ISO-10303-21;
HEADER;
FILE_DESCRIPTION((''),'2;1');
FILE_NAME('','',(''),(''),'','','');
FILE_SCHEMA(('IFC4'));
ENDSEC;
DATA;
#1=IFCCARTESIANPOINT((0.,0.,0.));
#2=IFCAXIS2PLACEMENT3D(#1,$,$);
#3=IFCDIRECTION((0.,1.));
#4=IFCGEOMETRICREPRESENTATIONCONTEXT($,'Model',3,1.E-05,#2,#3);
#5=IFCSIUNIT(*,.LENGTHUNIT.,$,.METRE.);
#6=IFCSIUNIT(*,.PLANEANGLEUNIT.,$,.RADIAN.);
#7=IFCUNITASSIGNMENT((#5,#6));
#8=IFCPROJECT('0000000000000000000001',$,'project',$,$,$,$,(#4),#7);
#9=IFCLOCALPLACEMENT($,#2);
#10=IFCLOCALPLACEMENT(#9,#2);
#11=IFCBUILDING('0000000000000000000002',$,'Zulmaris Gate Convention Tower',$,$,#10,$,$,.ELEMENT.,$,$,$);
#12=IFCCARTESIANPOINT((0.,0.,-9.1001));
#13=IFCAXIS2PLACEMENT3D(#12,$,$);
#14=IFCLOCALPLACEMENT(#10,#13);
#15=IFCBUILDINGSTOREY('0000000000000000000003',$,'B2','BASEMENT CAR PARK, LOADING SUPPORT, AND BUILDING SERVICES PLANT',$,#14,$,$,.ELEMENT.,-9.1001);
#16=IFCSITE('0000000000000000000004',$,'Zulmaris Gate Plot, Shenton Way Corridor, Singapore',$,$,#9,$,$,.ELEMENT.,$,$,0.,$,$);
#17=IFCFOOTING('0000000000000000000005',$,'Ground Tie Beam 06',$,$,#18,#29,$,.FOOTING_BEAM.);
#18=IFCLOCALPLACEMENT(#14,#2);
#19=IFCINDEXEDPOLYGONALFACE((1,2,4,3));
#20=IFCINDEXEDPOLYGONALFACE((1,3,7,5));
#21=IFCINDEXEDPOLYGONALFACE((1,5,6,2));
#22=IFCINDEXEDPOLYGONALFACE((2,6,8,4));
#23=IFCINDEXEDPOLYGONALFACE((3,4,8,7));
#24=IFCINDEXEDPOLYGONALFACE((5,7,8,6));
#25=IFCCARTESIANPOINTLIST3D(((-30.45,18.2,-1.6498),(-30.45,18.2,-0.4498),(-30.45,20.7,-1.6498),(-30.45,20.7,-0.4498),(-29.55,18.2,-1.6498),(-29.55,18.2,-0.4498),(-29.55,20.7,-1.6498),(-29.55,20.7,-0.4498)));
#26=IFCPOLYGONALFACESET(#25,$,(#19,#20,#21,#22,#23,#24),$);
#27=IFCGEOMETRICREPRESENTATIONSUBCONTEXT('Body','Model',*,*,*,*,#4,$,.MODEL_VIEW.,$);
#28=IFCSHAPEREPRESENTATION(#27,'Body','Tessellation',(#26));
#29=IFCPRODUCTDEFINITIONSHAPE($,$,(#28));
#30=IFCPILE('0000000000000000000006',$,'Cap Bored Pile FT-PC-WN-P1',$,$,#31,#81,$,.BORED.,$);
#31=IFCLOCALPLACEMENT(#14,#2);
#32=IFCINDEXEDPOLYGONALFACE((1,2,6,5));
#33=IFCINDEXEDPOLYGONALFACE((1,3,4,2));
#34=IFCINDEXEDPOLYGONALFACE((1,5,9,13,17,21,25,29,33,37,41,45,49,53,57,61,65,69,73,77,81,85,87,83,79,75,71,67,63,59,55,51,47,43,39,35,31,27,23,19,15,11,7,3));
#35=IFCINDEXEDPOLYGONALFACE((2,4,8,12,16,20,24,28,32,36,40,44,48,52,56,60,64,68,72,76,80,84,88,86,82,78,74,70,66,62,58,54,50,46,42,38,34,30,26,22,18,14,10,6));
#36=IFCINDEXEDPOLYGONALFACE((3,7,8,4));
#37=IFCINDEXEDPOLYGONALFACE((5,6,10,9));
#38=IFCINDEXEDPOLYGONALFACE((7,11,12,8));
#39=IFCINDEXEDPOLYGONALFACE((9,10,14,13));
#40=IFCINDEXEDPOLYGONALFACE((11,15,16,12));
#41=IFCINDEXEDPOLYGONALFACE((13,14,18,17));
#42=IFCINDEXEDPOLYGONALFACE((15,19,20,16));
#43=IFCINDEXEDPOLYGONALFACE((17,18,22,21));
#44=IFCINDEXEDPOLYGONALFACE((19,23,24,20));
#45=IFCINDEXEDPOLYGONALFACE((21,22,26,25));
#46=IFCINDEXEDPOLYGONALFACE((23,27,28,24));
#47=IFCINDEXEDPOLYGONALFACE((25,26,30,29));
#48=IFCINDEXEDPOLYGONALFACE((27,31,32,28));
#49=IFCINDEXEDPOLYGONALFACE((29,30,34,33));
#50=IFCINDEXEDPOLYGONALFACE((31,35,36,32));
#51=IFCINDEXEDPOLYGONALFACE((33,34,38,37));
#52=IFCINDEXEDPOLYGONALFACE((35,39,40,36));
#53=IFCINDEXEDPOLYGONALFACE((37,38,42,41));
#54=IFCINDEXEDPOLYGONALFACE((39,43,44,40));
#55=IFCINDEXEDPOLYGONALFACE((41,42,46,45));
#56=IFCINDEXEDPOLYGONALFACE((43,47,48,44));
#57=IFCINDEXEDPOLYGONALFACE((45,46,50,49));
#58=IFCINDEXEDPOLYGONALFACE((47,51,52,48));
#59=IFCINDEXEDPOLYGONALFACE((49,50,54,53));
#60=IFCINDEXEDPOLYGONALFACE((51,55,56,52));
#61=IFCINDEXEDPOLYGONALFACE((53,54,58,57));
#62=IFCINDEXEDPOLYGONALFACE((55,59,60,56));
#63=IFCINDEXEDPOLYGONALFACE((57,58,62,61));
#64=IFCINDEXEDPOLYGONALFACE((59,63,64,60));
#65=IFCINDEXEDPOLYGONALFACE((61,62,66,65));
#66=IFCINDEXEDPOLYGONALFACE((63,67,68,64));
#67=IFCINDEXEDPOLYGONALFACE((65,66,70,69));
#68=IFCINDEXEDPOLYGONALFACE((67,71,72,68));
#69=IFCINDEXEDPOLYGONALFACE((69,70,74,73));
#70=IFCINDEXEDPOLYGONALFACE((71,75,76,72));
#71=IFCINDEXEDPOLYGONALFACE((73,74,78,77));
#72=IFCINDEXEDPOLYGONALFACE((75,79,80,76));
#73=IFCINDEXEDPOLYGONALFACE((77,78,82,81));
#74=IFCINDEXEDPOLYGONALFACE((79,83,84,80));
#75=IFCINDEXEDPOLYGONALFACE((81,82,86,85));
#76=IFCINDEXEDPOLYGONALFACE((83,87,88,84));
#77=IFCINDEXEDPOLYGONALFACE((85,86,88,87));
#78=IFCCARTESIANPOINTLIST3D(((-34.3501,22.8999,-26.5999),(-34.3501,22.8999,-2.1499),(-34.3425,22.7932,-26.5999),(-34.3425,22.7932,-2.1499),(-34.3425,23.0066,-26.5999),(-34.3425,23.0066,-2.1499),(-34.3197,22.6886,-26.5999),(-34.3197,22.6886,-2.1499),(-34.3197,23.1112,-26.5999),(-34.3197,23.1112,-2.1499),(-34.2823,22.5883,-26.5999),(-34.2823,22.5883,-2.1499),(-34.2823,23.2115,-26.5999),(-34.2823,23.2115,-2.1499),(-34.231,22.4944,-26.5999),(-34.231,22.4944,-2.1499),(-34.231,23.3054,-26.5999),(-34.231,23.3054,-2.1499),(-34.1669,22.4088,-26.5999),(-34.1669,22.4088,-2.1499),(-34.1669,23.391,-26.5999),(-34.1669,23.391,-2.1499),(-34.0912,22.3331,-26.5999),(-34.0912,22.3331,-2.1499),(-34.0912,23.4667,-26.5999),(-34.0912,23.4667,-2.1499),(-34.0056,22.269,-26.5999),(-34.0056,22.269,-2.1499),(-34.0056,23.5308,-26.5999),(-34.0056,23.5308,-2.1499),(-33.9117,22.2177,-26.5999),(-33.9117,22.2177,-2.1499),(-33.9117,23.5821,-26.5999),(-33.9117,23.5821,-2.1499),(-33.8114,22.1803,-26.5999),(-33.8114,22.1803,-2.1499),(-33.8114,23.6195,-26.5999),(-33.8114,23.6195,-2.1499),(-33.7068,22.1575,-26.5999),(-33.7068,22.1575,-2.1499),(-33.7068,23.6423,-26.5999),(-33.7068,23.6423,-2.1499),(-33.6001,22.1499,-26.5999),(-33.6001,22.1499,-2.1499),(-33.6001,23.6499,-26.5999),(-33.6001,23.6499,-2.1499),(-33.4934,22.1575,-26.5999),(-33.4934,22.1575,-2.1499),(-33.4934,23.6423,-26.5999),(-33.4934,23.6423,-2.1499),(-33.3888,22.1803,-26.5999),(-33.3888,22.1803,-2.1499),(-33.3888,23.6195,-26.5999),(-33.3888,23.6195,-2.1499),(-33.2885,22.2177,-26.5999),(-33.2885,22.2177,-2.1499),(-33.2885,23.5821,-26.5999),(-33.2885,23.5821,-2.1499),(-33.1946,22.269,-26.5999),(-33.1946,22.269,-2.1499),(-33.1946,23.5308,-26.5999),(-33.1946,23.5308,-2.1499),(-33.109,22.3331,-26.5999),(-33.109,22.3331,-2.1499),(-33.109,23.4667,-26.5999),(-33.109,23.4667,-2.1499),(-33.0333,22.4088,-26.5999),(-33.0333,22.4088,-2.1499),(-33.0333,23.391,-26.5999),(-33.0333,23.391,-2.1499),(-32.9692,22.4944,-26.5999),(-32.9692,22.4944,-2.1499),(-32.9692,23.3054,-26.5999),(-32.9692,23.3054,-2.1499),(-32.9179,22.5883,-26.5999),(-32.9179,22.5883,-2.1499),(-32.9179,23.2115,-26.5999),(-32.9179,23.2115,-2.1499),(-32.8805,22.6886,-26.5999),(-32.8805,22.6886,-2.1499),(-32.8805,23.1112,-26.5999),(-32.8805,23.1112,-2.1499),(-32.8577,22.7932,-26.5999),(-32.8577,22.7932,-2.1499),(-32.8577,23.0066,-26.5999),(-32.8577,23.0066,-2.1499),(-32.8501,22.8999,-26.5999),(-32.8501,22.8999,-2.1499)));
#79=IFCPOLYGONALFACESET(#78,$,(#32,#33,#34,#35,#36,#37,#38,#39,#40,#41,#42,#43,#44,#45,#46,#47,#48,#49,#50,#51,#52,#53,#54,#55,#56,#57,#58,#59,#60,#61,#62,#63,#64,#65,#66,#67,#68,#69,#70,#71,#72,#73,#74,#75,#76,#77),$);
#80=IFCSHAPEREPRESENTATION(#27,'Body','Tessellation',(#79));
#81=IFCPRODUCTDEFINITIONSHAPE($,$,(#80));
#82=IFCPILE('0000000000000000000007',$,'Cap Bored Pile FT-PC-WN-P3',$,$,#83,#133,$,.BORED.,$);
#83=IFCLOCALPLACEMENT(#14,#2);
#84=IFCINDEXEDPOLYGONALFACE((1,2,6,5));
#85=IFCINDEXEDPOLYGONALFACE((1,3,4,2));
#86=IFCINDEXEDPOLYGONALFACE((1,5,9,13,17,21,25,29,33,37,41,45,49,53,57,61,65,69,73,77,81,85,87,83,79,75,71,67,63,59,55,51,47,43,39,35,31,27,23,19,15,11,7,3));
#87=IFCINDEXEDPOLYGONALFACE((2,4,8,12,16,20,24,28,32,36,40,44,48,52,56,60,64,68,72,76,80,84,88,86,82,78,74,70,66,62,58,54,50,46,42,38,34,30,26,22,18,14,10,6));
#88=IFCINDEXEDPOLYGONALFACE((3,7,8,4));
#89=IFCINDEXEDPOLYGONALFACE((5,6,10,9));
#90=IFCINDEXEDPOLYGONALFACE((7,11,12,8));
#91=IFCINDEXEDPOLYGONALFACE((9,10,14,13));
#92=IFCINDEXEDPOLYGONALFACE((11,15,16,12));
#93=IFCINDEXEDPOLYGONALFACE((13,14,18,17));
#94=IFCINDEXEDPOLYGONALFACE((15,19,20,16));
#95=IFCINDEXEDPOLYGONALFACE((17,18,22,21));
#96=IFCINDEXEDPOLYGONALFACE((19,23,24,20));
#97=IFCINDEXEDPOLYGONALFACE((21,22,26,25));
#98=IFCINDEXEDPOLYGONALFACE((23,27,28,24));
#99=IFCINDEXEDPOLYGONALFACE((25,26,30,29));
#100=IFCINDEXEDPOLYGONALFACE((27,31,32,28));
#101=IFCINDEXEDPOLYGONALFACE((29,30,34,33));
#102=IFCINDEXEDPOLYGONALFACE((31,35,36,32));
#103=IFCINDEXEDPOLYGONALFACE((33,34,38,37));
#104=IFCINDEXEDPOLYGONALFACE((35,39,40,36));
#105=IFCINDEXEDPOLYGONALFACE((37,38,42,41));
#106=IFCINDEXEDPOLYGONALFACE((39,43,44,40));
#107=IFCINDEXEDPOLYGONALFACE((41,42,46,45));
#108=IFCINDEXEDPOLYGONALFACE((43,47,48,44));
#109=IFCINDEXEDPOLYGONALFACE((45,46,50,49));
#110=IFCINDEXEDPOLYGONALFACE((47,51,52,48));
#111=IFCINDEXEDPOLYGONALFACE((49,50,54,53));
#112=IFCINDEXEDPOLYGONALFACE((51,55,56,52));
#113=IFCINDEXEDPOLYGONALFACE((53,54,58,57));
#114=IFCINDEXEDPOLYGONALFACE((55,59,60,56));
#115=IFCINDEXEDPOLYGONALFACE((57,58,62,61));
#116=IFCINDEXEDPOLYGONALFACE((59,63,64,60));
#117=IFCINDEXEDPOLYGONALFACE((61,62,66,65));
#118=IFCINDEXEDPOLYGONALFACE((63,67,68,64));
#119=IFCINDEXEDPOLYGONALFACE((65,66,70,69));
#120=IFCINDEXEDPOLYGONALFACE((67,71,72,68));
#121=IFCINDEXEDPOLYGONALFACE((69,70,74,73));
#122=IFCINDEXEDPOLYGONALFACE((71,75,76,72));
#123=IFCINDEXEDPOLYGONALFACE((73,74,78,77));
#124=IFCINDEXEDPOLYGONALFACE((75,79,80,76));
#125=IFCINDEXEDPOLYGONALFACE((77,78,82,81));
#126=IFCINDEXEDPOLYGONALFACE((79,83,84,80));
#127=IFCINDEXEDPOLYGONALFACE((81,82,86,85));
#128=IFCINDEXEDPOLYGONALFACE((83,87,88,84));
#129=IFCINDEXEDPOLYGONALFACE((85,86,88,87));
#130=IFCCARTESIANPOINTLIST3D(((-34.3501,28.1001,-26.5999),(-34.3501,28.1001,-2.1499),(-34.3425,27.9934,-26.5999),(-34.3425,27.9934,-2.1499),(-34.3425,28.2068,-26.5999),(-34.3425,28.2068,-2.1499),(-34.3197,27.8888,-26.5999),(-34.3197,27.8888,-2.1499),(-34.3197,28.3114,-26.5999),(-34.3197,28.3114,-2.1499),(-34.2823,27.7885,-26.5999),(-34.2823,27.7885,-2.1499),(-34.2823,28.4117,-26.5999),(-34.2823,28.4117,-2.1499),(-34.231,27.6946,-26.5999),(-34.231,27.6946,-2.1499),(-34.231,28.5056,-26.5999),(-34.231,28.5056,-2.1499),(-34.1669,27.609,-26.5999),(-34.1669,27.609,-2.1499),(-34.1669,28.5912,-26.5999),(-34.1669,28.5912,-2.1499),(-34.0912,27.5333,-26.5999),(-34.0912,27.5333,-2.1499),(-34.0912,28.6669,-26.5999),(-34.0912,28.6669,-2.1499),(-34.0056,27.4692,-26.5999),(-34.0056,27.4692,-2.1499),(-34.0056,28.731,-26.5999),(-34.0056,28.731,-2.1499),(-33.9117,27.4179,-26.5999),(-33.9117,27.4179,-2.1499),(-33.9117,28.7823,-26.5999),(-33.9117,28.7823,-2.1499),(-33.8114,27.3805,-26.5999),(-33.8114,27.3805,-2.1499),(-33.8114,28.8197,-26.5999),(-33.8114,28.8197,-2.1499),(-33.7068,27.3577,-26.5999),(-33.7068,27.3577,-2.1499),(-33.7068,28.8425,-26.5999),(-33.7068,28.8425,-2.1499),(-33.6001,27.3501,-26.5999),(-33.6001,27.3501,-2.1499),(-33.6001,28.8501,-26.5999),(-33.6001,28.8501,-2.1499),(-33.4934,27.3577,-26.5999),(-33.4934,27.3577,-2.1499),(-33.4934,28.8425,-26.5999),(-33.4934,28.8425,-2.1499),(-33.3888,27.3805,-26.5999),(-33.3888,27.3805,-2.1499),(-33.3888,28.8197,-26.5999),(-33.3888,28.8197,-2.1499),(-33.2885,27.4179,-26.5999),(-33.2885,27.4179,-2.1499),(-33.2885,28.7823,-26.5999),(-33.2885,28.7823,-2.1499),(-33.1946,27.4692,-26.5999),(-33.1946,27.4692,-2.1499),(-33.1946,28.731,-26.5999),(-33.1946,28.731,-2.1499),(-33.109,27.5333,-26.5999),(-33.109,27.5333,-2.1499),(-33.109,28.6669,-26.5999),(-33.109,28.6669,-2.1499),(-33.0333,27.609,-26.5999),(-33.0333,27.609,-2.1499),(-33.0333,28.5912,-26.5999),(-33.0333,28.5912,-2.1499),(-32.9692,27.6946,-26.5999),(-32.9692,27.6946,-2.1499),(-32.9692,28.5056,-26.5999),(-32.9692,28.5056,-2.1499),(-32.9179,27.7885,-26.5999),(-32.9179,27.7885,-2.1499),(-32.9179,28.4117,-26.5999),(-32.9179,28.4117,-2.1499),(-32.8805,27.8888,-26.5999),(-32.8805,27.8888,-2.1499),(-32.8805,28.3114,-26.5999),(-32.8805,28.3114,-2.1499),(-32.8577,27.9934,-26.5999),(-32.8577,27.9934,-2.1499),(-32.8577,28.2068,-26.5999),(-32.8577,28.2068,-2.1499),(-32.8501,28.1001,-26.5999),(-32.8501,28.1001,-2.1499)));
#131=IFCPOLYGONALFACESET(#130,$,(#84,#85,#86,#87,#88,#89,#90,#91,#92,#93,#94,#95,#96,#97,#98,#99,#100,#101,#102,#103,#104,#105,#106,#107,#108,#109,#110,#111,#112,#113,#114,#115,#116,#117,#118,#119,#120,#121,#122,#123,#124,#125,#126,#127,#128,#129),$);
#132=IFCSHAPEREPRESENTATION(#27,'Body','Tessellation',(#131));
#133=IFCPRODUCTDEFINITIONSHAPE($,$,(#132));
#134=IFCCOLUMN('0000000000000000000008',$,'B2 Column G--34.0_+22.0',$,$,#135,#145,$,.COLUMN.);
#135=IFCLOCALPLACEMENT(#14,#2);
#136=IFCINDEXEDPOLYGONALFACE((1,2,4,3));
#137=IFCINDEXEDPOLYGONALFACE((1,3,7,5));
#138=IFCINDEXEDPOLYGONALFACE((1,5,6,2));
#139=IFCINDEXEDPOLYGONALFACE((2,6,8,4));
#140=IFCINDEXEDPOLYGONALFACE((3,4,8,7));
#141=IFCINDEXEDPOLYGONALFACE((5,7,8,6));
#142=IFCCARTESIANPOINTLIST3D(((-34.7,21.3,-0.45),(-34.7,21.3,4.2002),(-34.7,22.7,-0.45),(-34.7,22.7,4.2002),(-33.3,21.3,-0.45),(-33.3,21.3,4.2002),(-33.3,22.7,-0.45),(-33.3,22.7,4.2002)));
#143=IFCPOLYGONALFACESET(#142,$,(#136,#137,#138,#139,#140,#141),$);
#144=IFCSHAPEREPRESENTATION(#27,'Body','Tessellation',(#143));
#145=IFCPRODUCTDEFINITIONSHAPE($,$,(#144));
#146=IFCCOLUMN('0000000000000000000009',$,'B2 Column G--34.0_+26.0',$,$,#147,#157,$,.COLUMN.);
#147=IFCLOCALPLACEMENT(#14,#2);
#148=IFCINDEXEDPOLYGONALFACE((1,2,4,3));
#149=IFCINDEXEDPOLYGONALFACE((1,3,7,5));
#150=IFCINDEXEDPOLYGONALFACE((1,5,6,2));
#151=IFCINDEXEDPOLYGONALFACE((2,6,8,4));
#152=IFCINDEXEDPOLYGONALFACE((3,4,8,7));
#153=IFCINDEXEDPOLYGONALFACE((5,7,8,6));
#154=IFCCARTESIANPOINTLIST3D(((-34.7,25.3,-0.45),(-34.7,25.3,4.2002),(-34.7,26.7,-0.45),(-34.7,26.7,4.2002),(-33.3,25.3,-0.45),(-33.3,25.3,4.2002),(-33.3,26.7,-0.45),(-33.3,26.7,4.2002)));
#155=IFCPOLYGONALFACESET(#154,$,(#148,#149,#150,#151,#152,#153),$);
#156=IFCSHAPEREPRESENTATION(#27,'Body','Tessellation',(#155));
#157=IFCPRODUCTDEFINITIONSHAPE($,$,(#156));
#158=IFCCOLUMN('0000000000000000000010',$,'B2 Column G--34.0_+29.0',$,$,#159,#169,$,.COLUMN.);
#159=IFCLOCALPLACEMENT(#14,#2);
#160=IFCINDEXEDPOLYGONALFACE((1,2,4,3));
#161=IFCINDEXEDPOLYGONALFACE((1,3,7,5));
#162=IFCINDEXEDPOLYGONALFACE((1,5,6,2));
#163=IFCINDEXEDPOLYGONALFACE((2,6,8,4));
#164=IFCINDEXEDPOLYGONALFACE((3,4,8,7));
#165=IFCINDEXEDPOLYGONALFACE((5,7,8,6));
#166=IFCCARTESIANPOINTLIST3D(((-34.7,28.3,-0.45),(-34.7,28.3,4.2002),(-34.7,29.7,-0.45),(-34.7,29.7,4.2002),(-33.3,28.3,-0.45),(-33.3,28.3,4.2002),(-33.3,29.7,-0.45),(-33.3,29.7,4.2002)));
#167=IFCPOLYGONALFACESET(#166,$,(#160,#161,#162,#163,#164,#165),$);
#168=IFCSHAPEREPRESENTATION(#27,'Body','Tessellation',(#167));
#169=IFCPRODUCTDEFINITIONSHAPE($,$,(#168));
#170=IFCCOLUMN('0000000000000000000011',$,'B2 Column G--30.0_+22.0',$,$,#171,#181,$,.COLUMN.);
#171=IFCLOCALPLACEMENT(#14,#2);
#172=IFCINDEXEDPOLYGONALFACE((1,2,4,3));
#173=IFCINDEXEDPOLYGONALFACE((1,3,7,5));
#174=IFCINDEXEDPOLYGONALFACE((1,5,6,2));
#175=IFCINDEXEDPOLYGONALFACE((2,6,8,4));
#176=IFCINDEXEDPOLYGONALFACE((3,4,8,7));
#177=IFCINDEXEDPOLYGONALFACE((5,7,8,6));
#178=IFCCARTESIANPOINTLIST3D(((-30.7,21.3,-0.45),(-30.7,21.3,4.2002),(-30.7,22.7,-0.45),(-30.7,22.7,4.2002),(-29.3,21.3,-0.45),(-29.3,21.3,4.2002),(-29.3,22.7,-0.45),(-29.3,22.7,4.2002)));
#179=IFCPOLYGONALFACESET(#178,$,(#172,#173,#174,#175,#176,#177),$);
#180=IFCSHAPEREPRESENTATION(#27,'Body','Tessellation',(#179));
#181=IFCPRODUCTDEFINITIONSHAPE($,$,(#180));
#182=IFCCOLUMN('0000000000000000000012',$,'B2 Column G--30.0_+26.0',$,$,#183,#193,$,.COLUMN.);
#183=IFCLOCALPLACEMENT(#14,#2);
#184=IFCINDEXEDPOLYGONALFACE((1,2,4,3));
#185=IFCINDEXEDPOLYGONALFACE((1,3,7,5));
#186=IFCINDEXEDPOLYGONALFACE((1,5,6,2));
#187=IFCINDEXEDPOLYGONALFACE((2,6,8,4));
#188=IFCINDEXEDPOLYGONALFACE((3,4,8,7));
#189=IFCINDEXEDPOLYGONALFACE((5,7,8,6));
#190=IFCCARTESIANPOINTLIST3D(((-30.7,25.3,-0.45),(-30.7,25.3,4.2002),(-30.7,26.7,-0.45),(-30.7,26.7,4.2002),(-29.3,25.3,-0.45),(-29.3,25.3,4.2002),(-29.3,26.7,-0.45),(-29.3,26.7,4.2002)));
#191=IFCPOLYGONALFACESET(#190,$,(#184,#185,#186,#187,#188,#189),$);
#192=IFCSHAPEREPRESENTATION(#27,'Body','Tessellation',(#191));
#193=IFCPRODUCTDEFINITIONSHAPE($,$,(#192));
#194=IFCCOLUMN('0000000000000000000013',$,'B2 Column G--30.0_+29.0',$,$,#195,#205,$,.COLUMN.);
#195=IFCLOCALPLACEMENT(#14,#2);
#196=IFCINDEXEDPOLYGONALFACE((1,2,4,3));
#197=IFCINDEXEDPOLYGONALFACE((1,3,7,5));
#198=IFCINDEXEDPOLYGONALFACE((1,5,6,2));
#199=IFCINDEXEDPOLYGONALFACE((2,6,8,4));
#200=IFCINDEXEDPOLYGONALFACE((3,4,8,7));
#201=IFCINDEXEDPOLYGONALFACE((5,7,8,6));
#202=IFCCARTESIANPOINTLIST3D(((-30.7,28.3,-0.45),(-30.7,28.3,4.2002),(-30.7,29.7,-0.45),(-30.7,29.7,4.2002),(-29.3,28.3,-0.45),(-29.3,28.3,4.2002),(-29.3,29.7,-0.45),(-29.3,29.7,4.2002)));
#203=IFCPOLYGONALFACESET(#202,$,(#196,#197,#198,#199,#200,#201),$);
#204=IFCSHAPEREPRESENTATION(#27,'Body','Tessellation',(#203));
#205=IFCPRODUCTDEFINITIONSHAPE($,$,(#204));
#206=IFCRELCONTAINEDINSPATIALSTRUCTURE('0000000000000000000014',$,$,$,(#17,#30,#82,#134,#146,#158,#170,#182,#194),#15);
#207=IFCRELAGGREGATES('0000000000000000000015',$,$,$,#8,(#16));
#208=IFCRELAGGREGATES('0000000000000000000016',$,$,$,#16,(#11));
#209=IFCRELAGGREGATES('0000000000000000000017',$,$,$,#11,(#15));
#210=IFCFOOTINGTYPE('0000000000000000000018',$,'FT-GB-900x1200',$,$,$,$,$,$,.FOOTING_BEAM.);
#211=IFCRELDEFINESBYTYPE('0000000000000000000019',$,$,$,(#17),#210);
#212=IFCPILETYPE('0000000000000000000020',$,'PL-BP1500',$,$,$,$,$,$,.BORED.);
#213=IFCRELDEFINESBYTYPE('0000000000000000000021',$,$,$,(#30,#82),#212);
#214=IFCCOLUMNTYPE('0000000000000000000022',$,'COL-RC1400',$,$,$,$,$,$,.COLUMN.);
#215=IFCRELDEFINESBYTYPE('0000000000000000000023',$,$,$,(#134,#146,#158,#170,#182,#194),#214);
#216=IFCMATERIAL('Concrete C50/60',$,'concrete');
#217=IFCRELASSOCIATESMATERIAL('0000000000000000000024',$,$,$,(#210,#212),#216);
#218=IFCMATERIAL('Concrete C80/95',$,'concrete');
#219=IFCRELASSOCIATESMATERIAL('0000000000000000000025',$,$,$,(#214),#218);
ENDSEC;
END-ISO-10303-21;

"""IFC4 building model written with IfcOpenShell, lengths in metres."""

from ifc_helpers import new_model, si_unit, direction, frame, origin, origin_2d, place, context, subcontext, project, spatial, rectangle, circle, extrude, material, material_profile, profile_set, type_object, element, save


model = new_model("IFC4")

# Units and contexts
model_context = context("Model", 3, precision=1e-05, world=origin(), true_north=direction((0.0, 1.0)))
body_context = subcontext(model_context, "Body", "Model", "MODEL_VIEW")
ifc_project = project(units=[si_unit("LENGTHUNIT", "METRE"), si_unit("PLANEANGLEUNIT", "RADIAN")], contexts=[model_context])

# Site, building, storey
site_placement = place(None, origin())
site = spatial("IfcSite", under=ifc_project, at=site_placement, Name="Zulmaris Gate Plot, Shenton Way Corridor, Singapore", CompositionType="ELEMENT", RefElevation=0.0)
building_placement = place(site_placement, origin())
building = spatial("IfcBuilding", under=site, at=building_placement, Name="Zulmaris Gate Convention Tower", CompositionType="ELEMENT")
storey_placement = place(building_placement, frame((0.0, 0.0, -9.1001)))
storey = spatial("IfcBuildingStorey", under=building, at=storey_placement, Name="B2", Description="BASEMENT CAR PARK, LOADING SUPPORT, AND BUILDING SERVICES PLANT", CompositionType="ELEMENT", Elevation=-9.1001)

# Footing
ifc_material_1 = material(Name="Concrete C50/60", Category="concrete")
ifc_material_profile_1 = material_profile(ifc_material_1, rectangle(XDim=0.8999, YDim=1.2, at=origin_2d()), Name="RC TIE 900x1200")
ifc_profile_set_1 = profile_set([ifc_material_profile_1], Name="Concrete C50/60")
footing_type = type_object("IfcFootingType", Name="FT-GB-900x1200", PredefinedType="FOOTING_BEAM", material=ifc_profile_set_1)
footing_placement = place(storey_placement, frame((-30.0, 18.2, -1.0498), z_axis=(0.0, 1.0, 0.0), x_axis=(-1.0, 0.0, 0.0)))
element("IfcFooting", 1, at=footing_placement, inside=storey, type_object=footing_type, Name="Ground Tie Beam 06", PredefinedType="FOOTING_BEAM", context=body_context, shape_type="SweptSolid", body=[
    extrude(rectangle(XDim=0.8999, YDim=1.2, at=origin_2d()), origin(), (0.0, 0.0, 1.0), 2.5),
])

# Piles
ifc_material_profile_2 = material_profile(ifc_material_1, circle(Radius=0.75, at=origin_2d()), Name="BORED PILE 1500")
ifc_profile_set_2 = profile_set([ifc_material_profile_2], Name="Concrete C50/60")
pile_type = type_object("IfcPileType", Name="PL-BP1500", PredefinedType="BORED", material=ifc_profile_set_2)
for number, where, z_axis, x_axis, name in (
    (2, (-33.6001, 22.8999, -2.1499), (0.0, 0.0, -1.0), (1.0, 0.0, 0.0), "Cap Bored Pile FT-PC-WN-P1"),
    (3, (-33.6001, 28.1001, -2.1499), (0.0, 0.0, -1.0), (1.0, 0.0, 0.0), "Cap Bored Pile FT-PC-WN-P3"),
):
    element("IfcPile", number, at=place(storey_placement, frame(where, z_axis=z_axis, x_axis=x_axis)), inside=storey, type_object=pile_type, Name=name, PredefinedType="BORED", context=body_context, shape_type="SweptSolid", body=[
        extrude(circle(Radius=0.75, at=origin_2d()), origin(), (0.0, 0.0, 1.0), 24.45),
    ])

# Columns
ifc_material_2 = material(Name="Concrete C80/95", Category="concrete")
ifc_material_profile_3 = material_profile(ifc_material_2, rectangle(XDim=1.3999, YDim=1.3999, at=origin_2d()), Name="RC COL 1400x1400")
ifc_profile_set_3 = profile_set([ifc_material_profile_3], Name="Concrete C80/95")
column_type = type_object("IfcColumnType", Name="COL-RC1400", PredefinedType="COLUMN", material=ifc_profile_set_3)
for number, where, z_axis, x_axis, name in (
    (4, (-34.0, 22.0, -0.45), (0.0, 0.0, 1.0), (1.0, 0.0, 0.0), "B2 Column G--34.0_+22.0"),
    (5, (-34.0, 26.0, -0.45), (0.0, 0.0, 1.0), (1.0, 0.0, 0.0), "B2 Column G--34.0_+26.0"),
    (6, (-34.0, 29.0, -0.45), (0.0, 0.0, 1.0), (1.0, 0.0, 0.0), "B2 Column G--34.0_+29.0"),
    (7, (-30.0, 22.0, -0.45), (0.0, 0.0, 1.0), (1.0, 0.0, 0.0), "B2 Column G--30.0_+22.0"),
    (8, (-30.0, 26.0, -0.45), (0.0, 0.0, 1.0), (1.0, 0.0, 0.0), "B2 Column G--30.0_+26.0"),
    (9, (-30.0, 29.0, -0.45), (0.0, 0.0, 1.0), (1.0, 0.0, 0.0), "B2 Column G--30.0_+29.0"),
):
    element("IfcColumn", number, at=place(storey_placement, frame(where, z_axis=z_axis, x_axis=x_axis)), inside=storey, type_object=column_type, Name=name, PredefinedType="COLUMN", context=body_context, shape_type="SweptSolid", body=[
        extrude(rectangle(XDim=1.3999, YDim=1.3999, at=origin_2d()), origin(), (0.0, 0.0, 1.0), 4.6501),
    ])

save(model, "model.ifc")
